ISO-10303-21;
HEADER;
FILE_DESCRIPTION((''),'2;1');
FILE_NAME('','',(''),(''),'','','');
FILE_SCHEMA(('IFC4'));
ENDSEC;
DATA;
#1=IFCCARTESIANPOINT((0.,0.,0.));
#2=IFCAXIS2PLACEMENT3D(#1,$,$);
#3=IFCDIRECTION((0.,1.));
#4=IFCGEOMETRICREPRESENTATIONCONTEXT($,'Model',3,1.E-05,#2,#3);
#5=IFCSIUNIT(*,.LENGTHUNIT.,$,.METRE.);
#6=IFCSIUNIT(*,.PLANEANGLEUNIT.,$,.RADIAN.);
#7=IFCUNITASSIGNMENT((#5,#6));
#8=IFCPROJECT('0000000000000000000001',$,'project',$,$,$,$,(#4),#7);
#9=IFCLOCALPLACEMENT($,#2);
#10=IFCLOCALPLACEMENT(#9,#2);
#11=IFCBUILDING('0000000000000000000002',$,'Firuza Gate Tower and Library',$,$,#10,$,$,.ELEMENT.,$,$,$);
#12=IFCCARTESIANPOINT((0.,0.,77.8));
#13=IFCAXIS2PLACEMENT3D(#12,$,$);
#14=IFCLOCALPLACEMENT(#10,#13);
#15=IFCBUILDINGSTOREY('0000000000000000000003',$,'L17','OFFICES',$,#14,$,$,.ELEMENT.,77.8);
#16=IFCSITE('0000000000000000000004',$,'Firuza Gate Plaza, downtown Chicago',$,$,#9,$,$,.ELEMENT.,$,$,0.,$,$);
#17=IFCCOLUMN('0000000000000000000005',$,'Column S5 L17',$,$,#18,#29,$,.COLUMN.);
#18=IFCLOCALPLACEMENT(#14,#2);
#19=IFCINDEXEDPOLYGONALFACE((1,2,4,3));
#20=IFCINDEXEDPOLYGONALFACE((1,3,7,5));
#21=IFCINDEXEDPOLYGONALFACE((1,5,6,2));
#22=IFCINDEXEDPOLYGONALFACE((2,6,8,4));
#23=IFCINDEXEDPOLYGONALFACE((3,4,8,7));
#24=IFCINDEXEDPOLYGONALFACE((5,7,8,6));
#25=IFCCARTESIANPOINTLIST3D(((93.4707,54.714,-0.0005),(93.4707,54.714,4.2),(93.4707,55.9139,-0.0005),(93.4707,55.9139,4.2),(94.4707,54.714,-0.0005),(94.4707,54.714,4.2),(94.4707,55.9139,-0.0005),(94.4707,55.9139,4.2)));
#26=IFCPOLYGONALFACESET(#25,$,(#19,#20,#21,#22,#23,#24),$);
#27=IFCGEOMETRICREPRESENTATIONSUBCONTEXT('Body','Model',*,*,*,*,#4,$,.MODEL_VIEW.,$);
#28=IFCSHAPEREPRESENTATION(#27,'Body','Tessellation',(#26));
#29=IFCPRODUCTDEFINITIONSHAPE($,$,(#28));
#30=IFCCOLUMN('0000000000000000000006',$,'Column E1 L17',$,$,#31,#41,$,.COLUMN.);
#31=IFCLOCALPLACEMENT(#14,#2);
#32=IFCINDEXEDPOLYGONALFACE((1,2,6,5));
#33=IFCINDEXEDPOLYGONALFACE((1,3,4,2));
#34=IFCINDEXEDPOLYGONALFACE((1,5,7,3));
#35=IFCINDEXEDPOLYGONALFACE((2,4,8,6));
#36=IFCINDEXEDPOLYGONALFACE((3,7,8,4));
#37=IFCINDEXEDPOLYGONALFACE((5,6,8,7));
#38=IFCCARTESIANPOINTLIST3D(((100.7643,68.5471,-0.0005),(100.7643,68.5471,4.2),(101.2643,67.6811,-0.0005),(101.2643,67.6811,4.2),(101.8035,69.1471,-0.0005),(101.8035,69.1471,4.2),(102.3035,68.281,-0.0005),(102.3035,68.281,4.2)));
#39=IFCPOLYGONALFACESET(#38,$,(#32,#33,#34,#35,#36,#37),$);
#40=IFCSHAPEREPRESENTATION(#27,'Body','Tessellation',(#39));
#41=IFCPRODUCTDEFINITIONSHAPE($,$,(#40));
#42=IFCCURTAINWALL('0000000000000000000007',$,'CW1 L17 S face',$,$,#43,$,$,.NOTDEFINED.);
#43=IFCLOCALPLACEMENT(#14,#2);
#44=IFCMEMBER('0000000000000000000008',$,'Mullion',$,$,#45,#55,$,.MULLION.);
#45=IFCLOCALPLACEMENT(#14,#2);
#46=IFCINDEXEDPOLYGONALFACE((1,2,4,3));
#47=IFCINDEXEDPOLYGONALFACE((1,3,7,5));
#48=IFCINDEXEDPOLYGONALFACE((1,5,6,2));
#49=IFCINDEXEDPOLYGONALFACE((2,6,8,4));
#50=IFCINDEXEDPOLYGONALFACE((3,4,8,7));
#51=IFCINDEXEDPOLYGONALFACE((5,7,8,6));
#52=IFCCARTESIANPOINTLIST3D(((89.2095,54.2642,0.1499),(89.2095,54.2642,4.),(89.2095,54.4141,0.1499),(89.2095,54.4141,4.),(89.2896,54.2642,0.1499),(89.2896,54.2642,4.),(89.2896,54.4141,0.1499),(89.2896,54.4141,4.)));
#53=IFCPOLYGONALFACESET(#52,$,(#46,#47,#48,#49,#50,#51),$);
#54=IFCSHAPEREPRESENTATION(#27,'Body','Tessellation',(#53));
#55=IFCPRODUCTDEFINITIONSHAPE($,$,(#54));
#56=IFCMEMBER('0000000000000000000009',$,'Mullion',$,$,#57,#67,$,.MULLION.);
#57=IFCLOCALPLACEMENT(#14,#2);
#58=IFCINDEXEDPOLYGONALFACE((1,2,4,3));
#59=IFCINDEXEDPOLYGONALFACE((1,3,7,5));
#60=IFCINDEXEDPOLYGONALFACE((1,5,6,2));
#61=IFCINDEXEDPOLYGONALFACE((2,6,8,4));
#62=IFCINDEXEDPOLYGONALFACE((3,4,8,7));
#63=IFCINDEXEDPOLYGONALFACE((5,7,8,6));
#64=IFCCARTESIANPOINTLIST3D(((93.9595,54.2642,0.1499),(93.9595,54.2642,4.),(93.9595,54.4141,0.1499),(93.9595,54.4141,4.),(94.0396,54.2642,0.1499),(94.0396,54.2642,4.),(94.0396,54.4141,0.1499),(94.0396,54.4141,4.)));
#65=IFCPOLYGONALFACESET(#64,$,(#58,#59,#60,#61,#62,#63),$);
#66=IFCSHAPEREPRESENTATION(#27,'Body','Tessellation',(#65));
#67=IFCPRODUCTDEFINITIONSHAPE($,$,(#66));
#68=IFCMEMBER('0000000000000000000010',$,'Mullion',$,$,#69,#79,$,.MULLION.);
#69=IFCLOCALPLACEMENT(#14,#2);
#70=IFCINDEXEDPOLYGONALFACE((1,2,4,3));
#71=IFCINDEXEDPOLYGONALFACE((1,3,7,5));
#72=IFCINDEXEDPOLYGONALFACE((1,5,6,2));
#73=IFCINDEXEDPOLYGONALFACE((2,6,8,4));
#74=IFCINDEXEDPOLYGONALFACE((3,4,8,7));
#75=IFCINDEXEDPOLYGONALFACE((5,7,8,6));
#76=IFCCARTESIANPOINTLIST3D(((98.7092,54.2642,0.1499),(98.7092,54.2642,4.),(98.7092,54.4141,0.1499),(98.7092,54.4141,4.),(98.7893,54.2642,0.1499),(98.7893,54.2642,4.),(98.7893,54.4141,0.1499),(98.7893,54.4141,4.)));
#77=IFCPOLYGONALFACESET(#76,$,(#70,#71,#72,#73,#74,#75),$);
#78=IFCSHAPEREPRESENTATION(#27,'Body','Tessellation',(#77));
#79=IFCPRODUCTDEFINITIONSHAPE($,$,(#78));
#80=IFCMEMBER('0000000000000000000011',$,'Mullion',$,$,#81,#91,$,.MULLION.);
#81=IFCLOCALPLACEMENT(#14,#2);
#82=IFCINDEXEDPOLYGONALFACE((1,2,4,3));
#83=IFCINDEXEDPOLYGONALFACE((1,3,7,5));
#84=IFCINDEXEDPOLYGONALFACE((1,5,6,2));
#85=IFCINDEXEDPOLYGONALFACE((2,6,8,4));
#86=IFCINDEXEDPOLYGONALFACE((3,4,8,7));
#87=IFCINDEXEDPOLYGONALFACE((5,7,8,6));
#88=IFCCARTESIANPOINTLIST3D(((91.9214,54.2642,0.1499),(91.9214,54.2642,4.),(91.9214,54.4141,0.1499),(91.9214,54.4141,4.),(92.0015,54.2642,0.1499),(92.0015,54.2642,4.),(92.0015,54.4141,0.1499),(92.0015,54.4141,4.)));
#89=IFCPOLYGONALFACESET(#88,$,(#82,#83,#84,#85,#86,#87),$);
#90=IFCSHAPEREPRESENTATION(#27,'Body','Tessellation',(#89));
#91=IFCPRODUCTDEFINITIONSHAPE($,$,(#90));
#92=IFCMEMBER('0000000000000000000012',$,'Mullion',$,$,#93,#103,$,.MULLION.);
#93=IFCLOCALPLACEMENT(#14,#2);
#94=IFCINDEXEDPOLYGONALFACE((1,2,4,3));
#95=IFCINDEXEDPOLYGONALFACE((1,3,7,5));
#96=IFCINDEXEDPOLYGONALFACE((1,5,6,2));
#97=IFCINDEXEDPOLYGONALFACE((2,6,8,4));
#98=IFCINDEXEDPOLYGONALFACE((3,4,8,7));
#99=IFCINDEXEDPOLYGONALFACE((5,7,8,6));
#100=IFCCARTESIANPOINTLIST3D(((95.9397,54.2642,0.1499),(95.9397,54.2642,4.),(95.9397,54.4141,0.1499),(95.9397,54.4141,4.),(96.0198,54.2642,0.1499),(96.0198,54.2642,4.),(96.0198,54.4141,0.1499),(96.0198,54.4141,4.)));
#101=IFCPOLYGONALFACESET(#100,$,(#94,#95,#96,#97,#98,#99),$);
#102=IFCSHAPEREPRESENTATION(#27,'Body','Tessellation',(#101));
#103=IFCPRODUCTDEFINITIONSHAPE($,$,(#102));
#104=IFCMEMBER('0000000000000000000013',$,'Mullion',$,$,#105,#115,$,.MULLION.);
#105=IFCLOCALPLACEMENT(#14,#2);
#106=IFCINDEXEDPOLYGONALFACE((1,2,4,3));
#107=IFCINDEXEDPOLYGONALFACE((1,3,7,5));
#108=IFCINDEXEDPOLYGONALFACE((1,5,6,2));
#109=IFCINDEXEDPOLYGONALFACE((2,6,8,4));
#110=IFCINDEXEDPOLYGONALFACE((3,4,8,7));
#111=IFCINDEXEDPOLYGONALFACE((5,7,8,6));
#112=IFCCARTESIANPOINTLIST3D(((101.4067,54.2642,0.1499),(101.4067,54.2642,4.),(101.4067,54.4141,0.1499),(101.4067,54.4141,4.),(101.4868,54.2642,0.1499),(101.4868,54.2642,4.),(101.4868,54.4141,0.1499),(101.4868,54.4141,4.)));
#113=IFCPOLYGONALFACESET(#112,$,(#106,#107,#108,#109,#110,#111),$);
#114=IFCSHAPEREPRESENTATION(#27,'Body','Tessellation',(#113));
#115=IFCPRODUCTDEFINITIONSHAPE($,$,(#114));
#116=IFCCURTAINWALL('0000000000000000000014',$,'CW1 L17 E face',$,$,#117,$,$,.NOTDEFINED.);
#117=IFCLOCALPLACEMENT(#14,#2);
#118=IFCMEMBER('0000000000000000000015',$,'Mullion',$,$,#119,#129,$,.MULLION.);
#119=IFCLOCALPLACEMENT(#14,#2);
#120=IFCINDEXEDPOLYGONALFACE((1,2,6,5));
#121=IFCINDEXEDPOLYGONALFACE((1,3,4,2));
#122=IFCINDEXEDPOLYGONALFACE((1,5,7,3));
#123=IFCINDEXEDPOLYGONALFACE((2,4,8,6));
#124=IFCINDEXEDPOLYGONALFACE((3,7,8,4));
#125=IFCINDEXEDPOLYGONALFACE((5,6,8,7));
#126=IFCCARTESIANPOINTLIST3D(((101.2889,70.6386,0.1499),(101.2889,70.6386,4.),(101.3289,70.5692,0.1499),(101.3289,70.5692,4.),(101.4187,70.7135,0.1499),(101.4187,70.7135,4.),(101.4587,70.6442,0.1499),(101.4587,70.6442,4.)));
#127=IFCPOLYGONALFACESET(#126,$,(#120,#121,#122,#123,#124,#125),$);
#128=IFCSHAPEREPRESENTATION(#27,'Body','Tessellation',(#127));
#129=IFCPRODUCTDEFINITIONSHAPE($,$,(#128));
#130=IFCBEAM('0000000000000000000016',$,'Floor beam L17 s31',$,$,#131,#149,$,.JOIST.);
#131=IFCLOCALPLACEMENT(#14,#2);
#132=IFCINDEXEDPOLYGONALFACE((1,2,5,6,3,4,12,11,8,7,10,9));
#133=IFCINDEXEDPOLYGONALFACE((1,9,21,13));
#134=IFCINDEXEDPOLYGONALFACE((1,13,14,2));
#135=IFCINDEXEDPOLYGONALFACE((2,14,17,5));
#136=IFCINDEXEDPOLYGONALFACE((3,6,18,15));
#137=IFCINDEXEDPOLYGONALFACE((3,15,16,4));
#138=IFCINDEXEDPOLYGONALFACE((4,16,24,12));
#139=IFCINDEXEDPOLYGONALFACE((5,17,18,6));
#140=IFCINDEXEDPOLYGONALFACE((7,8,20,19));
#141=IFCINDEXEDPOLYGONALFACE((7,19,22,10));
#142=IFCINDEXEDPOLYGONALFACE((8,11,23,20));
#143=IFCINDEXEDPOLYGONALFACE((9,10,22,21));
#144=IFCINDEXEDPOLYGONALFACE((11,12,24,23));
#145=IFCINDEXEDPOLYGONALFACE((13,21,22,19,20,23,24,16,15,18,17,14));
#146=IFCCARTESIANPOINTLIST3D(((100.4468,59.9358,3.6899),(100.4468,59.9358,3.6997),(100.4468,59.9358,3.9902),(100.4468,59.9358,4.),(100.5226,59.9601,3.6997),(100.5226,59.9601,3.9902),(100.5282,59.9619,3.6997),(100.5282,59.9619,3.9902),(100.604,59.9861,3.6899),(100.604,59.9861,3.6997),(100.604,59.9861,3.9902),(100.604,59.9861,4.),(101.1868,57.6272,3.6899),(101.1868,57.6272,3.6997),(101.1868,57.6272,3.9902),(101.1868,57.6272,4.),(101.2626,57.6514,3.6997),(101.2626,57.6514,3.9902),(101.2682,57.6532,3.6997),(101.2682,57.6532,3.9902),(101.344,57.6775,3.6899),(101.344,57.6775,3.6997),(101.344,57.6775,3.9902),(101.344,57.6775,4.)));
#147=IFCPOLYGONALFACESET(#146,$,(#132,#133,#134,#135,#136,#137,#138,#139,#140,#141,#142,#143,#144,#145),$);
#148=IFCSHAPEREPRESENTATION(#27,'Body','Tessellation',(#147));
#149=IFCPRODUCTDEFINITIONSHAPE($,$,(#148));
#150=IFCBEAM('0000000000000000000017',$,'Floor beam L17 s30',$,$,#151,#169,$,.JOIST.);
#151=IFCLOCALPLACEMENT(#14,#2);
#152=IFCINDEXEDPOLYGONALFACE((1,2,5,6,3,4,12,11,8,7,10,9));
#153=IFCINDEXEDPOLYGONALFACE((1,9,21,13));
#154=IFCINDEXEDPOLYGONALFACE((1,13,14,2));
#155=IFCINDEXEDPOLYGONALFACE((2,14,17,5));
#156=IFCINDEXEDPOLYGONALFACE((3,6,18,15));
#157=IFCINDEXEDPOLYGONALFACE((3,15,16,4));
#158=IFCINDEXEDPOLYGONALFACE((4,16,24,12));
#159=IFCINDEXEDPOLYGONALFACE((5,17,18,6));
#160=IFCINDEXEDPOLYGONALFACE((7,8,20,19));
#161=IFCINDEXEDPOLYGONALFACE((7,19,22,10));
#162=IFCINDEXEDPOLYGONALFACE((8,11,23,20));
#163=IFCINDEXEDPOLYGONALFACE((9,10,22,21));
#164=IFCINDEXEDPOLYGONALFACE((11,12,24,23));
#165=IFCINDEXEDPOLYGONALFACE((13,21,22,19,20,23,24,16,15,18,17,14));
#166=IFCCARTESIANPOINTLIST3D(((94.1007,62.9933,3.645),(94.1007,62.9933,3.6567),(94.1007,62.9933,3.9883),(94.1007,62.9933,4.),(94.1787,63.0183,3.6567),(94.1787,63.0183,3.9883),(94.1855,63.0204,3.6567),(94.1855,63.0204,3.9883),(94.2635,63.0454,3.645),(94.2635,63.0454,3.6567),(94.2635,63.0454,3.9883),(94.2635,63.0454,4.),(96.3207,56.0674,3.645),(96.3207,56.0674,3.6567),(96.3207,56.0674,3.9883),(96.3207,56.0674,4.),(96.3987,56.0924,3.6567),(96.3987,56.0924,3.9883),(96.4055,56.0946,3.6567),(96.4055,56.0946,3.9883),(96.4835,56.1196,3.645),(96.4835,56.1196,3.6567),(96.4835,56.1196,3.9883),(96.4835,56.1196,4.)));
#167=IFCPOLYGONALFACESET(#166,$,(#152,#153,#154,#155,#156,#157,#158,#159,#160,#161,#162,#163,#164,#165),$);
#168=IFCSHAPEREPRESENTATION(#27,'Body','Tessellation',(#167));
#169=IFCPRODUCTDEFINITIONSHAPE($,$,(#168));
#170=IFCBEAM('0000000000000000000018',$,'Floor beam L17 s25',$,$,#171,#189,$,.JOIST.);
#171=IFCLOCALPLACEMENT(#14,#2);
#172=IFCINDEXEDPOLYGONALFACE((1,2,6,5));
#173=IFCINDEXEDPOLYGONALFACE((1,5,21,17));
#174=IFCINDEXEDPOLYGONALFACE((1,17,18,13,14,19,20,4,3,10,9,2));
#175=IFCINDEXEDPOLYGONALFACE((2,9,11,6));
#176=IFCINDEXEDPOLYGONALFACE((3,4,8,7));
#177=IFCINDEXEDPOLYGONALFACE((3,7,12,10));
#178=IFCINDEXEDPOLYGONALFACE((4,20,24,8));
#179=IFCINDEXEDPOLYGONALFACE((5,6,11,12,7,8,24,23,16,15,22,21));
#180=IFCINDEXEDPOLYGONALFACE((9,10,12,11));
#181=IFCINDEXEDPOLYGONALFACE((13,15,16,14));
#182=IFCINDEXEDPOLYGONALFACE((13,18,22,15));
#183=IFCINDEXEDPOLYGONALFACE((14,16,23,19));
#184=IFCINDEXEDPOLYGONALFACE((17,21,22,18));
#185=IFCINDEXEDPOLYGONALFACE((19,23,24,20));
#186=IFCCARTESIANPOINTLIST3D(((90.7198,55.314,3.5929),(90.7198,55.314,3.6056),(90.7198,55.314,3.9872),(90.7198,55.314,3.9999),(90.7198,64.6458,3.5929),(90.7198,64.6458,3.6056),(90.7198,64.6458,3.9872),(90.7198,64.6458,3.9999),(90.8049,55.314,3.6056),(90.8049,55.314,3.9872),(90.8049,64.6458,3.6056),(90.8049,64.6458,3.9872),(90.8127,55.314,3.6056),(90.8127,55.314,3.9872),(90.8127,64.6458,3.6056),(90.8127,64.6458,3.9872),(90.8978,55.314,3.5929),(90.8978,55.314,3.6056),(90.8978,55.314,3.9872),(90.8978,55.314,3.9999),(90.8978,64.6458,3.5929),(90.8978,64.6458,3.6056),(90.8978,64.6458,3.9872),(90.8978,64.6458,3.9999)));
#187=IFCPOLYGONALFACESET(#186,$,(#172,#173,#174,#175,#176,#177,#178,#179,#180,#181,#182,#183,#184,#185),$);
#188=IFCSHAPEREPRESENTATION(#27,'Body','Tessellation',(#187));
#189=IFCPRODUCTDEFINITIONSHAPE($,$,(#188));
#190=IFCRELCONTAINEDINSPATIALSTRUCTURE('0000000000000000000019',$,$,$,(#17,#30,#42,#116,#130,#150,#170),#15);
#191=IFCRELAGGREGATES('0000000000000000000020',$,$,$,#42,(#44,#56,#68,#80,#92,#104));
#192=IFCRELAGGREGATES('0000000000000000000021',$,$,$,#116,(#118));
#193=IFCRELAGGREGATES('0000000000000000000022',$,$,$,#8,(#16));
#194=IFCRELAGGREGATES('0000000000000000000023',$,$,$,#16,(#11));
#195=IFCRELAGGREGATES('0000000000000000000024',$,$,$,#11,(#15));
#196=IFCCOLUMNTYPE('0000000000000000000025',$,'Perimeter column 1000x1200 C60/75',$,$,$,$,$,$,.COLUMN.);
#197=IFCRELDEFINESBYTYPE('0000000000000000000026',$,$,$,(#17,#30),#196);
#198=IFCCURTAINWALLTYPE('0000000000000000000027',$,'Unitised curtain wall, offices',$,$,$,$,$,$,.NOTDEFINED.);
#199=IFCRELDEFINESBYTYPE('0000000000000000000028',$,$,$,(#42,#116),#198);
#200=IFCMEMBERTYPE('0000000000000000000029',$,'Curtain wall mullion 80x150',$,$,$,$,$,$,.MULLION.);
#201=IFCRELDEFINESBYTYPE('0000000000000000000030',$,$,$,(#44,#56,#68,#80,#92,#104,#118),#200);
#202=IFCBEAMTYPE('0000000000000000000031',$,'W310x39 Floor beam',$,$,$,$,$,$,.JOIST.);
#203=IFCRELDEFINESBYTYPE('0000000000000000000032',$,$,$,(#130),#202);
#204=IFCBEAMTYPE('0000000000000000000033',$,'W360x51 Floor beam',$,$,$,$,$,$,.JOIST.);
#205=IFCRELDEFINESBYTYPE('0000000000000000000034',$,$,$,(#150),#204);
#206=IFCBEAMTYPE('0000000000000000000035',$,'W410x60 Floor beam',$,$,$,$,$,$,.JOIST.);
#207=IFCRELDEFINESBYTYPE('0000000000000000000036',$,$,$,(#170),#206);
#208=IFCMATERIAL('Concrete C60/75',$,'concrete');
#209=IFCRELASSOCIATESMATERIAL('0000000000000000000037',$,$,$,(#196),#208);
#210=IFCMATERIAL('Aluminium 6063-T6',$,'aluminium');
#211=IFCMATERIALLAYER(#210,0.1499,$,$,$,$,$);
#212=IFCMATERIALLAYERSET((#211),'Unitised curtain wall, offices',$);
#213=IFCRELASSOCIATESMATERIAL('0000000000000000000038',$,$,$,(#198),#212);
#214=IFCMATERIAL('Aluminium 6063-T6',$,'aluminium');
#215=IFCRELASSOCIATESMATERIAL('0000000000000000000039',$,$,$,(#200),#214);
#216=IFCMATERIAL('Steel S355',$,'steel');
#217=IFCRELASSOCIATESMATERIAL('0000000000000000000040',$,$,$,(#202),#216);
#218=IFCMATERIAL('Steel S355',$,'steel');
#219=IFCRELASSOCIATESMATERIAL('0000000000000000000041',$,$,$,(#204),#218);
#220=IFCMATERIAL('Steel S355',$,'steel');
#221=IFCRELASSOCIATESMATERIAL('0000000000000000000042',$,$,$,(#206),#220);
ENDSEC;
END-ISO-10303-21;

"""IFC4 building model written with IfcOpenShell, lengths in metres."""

from ifc_helpers import new_model, si_unit, direction, frame, origin, origin_2d, place, context, subcontext, project, spatial, rectangle, i_section, extrude, material, layer, layer_set, material_profile, profile_set, type_object, element, aggregate, save


model = new_model("IFC4")

# Units and contexts
model_context = context("Model", 3, precision=1e-05, world=origin(), true_north=direction((0.0, 1.0)))
body_context = subcontext(model_context, "Body", "Model", "MODEL_VIEW")
ifc_project = project(units=[si_unit("LENGTHUNIT", "METRE"), si_unit("PLANEANGLEUNIT", "RADIAN")], contexts=[model_context])

# Site, building, storey
site_placement = place(None, origin())
site = spatial("IfcSite", under=ifc_project, at=site_placement, Name="Firuza Gate Plaza, downtown Chicago", CompositionType="ELEMENT", RefElevation=0.0)
building_placement = place(site_placement, origin())
building = spatial("IfcBuilding", under=site, at=building_placement, Name="Firuza Gate Tower and Library", CompositionType="ELEMENT")
storey_placement = place(building_placement, frame((0.0, 0.0, 77.8)))
storey = spatial("IfcBuildingStorey", under=building, at=storey_placement, Name="L17", Description="OFFICES", CompositionType="ELEMENT", Elevation=77.8)

# Columns
ifc_material_1 = material(Name="Concrete C60/75", Category="concrete")
ifc_material_profile_1 = material_profile(ifc_material_1, rectangle(XDim=1.0, YDim=1.2, at=origin_2d()))
ifc_profile_set_1 = profile_set([ifc_material_profile_1], Name="Concrete C60/75")
column_type = type_object("IfcColumnType", Name="Perimeter column 1000x1200 C60/75", PredefinedType="COLUMN", material=ifc_profile_set_1)
for number, where, z_axis, x_axis, name in (
    (1, (93.9707, 55.314, -0.0005), (0.0, 0.0, 1.0), (1.0, 0.0, 0.0), "Column S5 L17"),
    (2, (101.5339, 68.4141, -0.0005), (0.0, 0.0, 1.0), (-0.5, 0.866025, 0.0), "Column E1 L17"),
):
    element("IfcColumn", number, at=place(storey_placement, frame(where, z_axis=z_axis, x_axis=x_axis)), inside=storey, type_object=column_type, Name=name, PredefinedType="COLUMN", context=body_context, shape_type="SweptSolid", body=[
        extrude(rectangle(XDim=1.0, YDim=1.2, at=origin_2d()), origin(), (0.0, 0.0, 1.0), 4.2004),
    ])

# Curtain wall, members
ifc_material_2 = material(Name="Aluminium 6063-T6", Category="aluminium")
ifc_layer_1 = layer(ifc_material_2, 0.1499)
ifc_layer_set_1 = layer_set([ifc_layer_1], Name="Unitised curtain wall, offices")
curtain_wall_type = type_object("IfcCurtainWallType", Name="Unitised curtain wall, offices", PredefinedType="NOTDEFINED", material=ifc_layer_set_1)
placement = place(storey_placement, origin())
curtain_wall_1 = element("IfcCurtainWall", 3, at=placement, inside=storey, type_object=curtain_wall_type, Name="CW1 L17 S face", PredefinedType="NOTDEFINED")
ifc_material_3 = material(Name="Aluminium 6063-T6", Category="aluminium")
ifc_material_profile_2 = material_profile(ifc_material_3, rectangle(XDim=0.1499, YDim=0.0801, at=origin_2d()))
ifc_profile_set_2 = profile_set([ifc_material_profile_2], Name="Aluminium 6063-T6")
member_type = type_object("IfcMemberType", Name="Curtain wall mullion 80x150", PredefinedType="MULLION", material=ifc_profile_set_2)
member_1_placement = place(storey_placement, frame((89.2495, 54.3391, 0.1499), z_axis=(0.0, 0.0, 1.0), x_axis=(0.0, 1.0, 0.0)))
member_1 = element("IfcMember", 4, at=member_1_placement, type_object=member_type, Name="Mullion", PredefinedType="MULLION", context=body_context, shape_type="SweptSolid", body=[
    extrude(rectangle(XDim=0.1499, YDim=0.0801, at=origin_2d()), origin(), (0.0, 0.0, 1.0), 3.8501),
])
member_2_placement = place(storey_placement, frame((93.9995, 54.3391, 0.1499), z_axis=(0.0, 0.0, 1.0), x_axis=(0.0, 1.0, 0.0)))
member_2 = element("IfcMember", 5, at=member_2_placement, type_object=member_type, Name="Mullion", PredefinedType="MULLION", context=body_context, shape_type="SweptSolid", body=[
    extrude(rectangle(XDim=0.1499, YDim=0.0801, at=origin_2d()), origin(), (0.0, 0.0, 1.0), 3.8501),
])
member_3_placement = place(storey_placement, frame((98.7493, 54.3391, 0.1499), z_axis=(0.0, 0.0, 1.0), x_axis=(0.0, 1.0, 0.0)))
member_3 = element("IfcMember", 6, at=member_3_placement, type_object=member_type, Name="Mullion", PredefinedType="MULLION", context=body_context, shape_type="SweptSolid", body=[
    extrude(rectangle(XDim=0.1499, YDim=0.0801, at=origin_2d()), origin(), (0.0, 0.0, 1.0), 3.8501),
])
member_4_placement = place(storey_placement, frame((91.9614, 54.3391, 0.1499), z_axis=(0.0, 0.0, 1.0), x_axis=(0.0, 1.0, 0.0)))
member_4 = element("IfcMember", 7, at=member_4_placement, type_object=member_type, Name="Mullion", PredefinedType="MULLION", context=body_context, shape_type="SweptSolid", body=[
    extrude(rectangle(XDim=0.1499, YDim=0.0801, at=origin_2d()), origin(), (0.0, 0.0, 1.0), 3.8501),
])
member_5_placement = place(storey_placement, frame((95.9797, 54.3391, 0.1499), z_axis=(0.0, 0.0, 1.0), x_axis=(0.0, 1.0, 0.0)))
member_5 = element("IfcMember", 8, at=member_5_placement, type_object=member_type, Name="Mullion", PredefinedType="MULLION", context=body_context, shape_type="SweptSolid", body=[
    extrude(rectangle(XDim=0.1499, YDim=0.0801, at=origin_2d()), origin(), (0.0, 0.0, 1.0), 3.8501),
])
member_6_placement = place(storey_placement, frame((101.4468, 54.3391, 0.1499), z_axis=(0.0, 0.0, 1.0), x_axis=(0.0, 1.0, 0.0)))
member_6 = element("IfcMember", 9, at=member_6_placement, type_object=member_type, Name="Mullion", PredefinedType="MULLION", context=body_context, shape_type="SweptSolid", body=[
    extrude(rectangle(XDim=0.1499, YDim=0.0801, at=origin_2d()), origin(), (0.0, 0.0, 1.0), 3.8501),
])

# Curtain wall, member
curtain_wall_2 = element("IfcCurtainWall", 10, at=placement, inside=storey, type_object=curtain_wall_type, Name="CW1 L17 E face", PredefinedType="NOTDEFINED")
member_7_placement = place(storey_placement, frame((101.3738, 70.6414, 0.1499), z_axis=(0.0, 0.0, 1.0), x_axis=(-0.866025, -0.5, 0.0)))
member_7 = element("IfcMember", 11, at=member_7_placement, type_object=member_type, Name="Mullion", PredefinedType="MULLION", context=body_context, shape_type="SweptSolid", body=[
    extrude(rectangle(XDim=0.1499, YDim=0.0801, at=origin_2d()), origin(), (0.0, 0.0, 1.0), 3.8501),
])

# Beams
ifc_material_4 = material(Name="Steel S355", Category="steel")
ifc_material_profile_3 = material_profile(ifc_material_4, i_section(OverallWidth=0.165, OverallDepth=0.3101, WebThickness=0.0059, FlangeThickness=0.0098, at=origin_2d()))
ifc_profile_set_3 = profile_set([ifc_material_profile_3], Name="Steel S355")
beam_type_1 = type_object("IfcBeamType", Name="W310x39 Floor beam", PredefinedType="JOIST", material=ifc_profile_set_3)
beam_1_placement = place(storey_placement, frame((101.2654, 57.6523, 3.845), z_axis=(-0.30524, 0.952276, 0.0), x_axis=(-0.952276, -0.30524, 0.0)))
element("IfcBeam", 12, at=beam_1_placement, inside=storey, type_object=beam_type_1, Name="Floor beam L17 s31", PredefinedType="JOIST", context=body_context, shape_type="SweptSolid", body=[
    extrude(i_section(OverallWidth=0.165, OverallDepth=0.3101, WebThickness=0.0059, FlangeThickness=0.0098, at=origin_2d()), origin(), (0.0, 0.0, 1.0), 2.4243),
])
ifc_material_5 = material(Name="Steel S355", Category="steel")
ifc_material_profile_4 = material_profile(ifc_material_5, i_section(OverallWidth=0.1709, OverallDepth=0.355, WebThickness=0.0071, FlangeThickness=0.0117, at=origin_2d()))
ifc_profile_set_4 = profile_set([ifc_material_profile_4], Name="Steel S355")
beam_type_2 = type_object("IfcBeamType", Name="W360x51 Floor beam", PredefinedType="JOIST", material=ifc_profile_set_4)
beam_2_placement = place(storey_placement, frame((96.4021, 56.0935, 3.8225), z_axis=(-0.30524, 0.952276, 0.0), x_axis=(-0.952276, -0.30524, 0.0)))
element("IfcBeam", 13, at=beam_2_placement, inside=storey, type_object=beam_type_2, Name="Floor beam L17 s30", PredefinedType="JOIST", context=body_context, shape_type="SweptSolid", body=[
    extrude(i_section(OverallWidth=0.1709, OverallDepth=0.355, WebThickness=0.0071, FlangeThickness=0.0117, at=origin_2d()), origin(), (0.0, 0.0, 1.0), 7.2729),
])
ifc_material_6 = material(Name="Steel S355", Category="steel")
ifc_material_profile_5 = material_profile(ifc_material_6, i_section(OverallWidth=0.178, OverallDepth=0.407, WebThickness=0.0078, FlangeThickness=0.0127, at=origin_2d()))
ifc_profile_set_5 = profile_set([ifc_material_profile_5], Name="Steel S355")
beam_type_3 = type_object("IfcBeamType", Name="W410x60 Floor beam", PredefinedType="JOIST", material=ifc_profile_set_5)
beam_3_placement = place(storey_placement, frame((90.8088, 55.314, 3.7964), z_axis=(0.0, 1.0, 0.0), x_axis=(-1.0, 0.0, 0.0)))
element("IfcBeam", 14, at=beam_3_placement, inside=storey, type_object=beam_type_3, Name="Floor beam L17 s25", PredefinedType="JOIST", context=body_context, shape_type="SweptSolid", body=[
    extrude(i_section(OverallWidth=0.178, OverallDepth=0.407, WebThickness=0.0078, FlangeThickness=0.0127, at=origin_2d()), origin(), (0.0, 0.0, 1.0), 9.3318),
])

aggregate(curtain_wall_1, [member_1, member_2, member_3, member_4, member_5, member_6])
aggregate(curtain_wall_2, [member_7])

save(model, "model.ifc")
